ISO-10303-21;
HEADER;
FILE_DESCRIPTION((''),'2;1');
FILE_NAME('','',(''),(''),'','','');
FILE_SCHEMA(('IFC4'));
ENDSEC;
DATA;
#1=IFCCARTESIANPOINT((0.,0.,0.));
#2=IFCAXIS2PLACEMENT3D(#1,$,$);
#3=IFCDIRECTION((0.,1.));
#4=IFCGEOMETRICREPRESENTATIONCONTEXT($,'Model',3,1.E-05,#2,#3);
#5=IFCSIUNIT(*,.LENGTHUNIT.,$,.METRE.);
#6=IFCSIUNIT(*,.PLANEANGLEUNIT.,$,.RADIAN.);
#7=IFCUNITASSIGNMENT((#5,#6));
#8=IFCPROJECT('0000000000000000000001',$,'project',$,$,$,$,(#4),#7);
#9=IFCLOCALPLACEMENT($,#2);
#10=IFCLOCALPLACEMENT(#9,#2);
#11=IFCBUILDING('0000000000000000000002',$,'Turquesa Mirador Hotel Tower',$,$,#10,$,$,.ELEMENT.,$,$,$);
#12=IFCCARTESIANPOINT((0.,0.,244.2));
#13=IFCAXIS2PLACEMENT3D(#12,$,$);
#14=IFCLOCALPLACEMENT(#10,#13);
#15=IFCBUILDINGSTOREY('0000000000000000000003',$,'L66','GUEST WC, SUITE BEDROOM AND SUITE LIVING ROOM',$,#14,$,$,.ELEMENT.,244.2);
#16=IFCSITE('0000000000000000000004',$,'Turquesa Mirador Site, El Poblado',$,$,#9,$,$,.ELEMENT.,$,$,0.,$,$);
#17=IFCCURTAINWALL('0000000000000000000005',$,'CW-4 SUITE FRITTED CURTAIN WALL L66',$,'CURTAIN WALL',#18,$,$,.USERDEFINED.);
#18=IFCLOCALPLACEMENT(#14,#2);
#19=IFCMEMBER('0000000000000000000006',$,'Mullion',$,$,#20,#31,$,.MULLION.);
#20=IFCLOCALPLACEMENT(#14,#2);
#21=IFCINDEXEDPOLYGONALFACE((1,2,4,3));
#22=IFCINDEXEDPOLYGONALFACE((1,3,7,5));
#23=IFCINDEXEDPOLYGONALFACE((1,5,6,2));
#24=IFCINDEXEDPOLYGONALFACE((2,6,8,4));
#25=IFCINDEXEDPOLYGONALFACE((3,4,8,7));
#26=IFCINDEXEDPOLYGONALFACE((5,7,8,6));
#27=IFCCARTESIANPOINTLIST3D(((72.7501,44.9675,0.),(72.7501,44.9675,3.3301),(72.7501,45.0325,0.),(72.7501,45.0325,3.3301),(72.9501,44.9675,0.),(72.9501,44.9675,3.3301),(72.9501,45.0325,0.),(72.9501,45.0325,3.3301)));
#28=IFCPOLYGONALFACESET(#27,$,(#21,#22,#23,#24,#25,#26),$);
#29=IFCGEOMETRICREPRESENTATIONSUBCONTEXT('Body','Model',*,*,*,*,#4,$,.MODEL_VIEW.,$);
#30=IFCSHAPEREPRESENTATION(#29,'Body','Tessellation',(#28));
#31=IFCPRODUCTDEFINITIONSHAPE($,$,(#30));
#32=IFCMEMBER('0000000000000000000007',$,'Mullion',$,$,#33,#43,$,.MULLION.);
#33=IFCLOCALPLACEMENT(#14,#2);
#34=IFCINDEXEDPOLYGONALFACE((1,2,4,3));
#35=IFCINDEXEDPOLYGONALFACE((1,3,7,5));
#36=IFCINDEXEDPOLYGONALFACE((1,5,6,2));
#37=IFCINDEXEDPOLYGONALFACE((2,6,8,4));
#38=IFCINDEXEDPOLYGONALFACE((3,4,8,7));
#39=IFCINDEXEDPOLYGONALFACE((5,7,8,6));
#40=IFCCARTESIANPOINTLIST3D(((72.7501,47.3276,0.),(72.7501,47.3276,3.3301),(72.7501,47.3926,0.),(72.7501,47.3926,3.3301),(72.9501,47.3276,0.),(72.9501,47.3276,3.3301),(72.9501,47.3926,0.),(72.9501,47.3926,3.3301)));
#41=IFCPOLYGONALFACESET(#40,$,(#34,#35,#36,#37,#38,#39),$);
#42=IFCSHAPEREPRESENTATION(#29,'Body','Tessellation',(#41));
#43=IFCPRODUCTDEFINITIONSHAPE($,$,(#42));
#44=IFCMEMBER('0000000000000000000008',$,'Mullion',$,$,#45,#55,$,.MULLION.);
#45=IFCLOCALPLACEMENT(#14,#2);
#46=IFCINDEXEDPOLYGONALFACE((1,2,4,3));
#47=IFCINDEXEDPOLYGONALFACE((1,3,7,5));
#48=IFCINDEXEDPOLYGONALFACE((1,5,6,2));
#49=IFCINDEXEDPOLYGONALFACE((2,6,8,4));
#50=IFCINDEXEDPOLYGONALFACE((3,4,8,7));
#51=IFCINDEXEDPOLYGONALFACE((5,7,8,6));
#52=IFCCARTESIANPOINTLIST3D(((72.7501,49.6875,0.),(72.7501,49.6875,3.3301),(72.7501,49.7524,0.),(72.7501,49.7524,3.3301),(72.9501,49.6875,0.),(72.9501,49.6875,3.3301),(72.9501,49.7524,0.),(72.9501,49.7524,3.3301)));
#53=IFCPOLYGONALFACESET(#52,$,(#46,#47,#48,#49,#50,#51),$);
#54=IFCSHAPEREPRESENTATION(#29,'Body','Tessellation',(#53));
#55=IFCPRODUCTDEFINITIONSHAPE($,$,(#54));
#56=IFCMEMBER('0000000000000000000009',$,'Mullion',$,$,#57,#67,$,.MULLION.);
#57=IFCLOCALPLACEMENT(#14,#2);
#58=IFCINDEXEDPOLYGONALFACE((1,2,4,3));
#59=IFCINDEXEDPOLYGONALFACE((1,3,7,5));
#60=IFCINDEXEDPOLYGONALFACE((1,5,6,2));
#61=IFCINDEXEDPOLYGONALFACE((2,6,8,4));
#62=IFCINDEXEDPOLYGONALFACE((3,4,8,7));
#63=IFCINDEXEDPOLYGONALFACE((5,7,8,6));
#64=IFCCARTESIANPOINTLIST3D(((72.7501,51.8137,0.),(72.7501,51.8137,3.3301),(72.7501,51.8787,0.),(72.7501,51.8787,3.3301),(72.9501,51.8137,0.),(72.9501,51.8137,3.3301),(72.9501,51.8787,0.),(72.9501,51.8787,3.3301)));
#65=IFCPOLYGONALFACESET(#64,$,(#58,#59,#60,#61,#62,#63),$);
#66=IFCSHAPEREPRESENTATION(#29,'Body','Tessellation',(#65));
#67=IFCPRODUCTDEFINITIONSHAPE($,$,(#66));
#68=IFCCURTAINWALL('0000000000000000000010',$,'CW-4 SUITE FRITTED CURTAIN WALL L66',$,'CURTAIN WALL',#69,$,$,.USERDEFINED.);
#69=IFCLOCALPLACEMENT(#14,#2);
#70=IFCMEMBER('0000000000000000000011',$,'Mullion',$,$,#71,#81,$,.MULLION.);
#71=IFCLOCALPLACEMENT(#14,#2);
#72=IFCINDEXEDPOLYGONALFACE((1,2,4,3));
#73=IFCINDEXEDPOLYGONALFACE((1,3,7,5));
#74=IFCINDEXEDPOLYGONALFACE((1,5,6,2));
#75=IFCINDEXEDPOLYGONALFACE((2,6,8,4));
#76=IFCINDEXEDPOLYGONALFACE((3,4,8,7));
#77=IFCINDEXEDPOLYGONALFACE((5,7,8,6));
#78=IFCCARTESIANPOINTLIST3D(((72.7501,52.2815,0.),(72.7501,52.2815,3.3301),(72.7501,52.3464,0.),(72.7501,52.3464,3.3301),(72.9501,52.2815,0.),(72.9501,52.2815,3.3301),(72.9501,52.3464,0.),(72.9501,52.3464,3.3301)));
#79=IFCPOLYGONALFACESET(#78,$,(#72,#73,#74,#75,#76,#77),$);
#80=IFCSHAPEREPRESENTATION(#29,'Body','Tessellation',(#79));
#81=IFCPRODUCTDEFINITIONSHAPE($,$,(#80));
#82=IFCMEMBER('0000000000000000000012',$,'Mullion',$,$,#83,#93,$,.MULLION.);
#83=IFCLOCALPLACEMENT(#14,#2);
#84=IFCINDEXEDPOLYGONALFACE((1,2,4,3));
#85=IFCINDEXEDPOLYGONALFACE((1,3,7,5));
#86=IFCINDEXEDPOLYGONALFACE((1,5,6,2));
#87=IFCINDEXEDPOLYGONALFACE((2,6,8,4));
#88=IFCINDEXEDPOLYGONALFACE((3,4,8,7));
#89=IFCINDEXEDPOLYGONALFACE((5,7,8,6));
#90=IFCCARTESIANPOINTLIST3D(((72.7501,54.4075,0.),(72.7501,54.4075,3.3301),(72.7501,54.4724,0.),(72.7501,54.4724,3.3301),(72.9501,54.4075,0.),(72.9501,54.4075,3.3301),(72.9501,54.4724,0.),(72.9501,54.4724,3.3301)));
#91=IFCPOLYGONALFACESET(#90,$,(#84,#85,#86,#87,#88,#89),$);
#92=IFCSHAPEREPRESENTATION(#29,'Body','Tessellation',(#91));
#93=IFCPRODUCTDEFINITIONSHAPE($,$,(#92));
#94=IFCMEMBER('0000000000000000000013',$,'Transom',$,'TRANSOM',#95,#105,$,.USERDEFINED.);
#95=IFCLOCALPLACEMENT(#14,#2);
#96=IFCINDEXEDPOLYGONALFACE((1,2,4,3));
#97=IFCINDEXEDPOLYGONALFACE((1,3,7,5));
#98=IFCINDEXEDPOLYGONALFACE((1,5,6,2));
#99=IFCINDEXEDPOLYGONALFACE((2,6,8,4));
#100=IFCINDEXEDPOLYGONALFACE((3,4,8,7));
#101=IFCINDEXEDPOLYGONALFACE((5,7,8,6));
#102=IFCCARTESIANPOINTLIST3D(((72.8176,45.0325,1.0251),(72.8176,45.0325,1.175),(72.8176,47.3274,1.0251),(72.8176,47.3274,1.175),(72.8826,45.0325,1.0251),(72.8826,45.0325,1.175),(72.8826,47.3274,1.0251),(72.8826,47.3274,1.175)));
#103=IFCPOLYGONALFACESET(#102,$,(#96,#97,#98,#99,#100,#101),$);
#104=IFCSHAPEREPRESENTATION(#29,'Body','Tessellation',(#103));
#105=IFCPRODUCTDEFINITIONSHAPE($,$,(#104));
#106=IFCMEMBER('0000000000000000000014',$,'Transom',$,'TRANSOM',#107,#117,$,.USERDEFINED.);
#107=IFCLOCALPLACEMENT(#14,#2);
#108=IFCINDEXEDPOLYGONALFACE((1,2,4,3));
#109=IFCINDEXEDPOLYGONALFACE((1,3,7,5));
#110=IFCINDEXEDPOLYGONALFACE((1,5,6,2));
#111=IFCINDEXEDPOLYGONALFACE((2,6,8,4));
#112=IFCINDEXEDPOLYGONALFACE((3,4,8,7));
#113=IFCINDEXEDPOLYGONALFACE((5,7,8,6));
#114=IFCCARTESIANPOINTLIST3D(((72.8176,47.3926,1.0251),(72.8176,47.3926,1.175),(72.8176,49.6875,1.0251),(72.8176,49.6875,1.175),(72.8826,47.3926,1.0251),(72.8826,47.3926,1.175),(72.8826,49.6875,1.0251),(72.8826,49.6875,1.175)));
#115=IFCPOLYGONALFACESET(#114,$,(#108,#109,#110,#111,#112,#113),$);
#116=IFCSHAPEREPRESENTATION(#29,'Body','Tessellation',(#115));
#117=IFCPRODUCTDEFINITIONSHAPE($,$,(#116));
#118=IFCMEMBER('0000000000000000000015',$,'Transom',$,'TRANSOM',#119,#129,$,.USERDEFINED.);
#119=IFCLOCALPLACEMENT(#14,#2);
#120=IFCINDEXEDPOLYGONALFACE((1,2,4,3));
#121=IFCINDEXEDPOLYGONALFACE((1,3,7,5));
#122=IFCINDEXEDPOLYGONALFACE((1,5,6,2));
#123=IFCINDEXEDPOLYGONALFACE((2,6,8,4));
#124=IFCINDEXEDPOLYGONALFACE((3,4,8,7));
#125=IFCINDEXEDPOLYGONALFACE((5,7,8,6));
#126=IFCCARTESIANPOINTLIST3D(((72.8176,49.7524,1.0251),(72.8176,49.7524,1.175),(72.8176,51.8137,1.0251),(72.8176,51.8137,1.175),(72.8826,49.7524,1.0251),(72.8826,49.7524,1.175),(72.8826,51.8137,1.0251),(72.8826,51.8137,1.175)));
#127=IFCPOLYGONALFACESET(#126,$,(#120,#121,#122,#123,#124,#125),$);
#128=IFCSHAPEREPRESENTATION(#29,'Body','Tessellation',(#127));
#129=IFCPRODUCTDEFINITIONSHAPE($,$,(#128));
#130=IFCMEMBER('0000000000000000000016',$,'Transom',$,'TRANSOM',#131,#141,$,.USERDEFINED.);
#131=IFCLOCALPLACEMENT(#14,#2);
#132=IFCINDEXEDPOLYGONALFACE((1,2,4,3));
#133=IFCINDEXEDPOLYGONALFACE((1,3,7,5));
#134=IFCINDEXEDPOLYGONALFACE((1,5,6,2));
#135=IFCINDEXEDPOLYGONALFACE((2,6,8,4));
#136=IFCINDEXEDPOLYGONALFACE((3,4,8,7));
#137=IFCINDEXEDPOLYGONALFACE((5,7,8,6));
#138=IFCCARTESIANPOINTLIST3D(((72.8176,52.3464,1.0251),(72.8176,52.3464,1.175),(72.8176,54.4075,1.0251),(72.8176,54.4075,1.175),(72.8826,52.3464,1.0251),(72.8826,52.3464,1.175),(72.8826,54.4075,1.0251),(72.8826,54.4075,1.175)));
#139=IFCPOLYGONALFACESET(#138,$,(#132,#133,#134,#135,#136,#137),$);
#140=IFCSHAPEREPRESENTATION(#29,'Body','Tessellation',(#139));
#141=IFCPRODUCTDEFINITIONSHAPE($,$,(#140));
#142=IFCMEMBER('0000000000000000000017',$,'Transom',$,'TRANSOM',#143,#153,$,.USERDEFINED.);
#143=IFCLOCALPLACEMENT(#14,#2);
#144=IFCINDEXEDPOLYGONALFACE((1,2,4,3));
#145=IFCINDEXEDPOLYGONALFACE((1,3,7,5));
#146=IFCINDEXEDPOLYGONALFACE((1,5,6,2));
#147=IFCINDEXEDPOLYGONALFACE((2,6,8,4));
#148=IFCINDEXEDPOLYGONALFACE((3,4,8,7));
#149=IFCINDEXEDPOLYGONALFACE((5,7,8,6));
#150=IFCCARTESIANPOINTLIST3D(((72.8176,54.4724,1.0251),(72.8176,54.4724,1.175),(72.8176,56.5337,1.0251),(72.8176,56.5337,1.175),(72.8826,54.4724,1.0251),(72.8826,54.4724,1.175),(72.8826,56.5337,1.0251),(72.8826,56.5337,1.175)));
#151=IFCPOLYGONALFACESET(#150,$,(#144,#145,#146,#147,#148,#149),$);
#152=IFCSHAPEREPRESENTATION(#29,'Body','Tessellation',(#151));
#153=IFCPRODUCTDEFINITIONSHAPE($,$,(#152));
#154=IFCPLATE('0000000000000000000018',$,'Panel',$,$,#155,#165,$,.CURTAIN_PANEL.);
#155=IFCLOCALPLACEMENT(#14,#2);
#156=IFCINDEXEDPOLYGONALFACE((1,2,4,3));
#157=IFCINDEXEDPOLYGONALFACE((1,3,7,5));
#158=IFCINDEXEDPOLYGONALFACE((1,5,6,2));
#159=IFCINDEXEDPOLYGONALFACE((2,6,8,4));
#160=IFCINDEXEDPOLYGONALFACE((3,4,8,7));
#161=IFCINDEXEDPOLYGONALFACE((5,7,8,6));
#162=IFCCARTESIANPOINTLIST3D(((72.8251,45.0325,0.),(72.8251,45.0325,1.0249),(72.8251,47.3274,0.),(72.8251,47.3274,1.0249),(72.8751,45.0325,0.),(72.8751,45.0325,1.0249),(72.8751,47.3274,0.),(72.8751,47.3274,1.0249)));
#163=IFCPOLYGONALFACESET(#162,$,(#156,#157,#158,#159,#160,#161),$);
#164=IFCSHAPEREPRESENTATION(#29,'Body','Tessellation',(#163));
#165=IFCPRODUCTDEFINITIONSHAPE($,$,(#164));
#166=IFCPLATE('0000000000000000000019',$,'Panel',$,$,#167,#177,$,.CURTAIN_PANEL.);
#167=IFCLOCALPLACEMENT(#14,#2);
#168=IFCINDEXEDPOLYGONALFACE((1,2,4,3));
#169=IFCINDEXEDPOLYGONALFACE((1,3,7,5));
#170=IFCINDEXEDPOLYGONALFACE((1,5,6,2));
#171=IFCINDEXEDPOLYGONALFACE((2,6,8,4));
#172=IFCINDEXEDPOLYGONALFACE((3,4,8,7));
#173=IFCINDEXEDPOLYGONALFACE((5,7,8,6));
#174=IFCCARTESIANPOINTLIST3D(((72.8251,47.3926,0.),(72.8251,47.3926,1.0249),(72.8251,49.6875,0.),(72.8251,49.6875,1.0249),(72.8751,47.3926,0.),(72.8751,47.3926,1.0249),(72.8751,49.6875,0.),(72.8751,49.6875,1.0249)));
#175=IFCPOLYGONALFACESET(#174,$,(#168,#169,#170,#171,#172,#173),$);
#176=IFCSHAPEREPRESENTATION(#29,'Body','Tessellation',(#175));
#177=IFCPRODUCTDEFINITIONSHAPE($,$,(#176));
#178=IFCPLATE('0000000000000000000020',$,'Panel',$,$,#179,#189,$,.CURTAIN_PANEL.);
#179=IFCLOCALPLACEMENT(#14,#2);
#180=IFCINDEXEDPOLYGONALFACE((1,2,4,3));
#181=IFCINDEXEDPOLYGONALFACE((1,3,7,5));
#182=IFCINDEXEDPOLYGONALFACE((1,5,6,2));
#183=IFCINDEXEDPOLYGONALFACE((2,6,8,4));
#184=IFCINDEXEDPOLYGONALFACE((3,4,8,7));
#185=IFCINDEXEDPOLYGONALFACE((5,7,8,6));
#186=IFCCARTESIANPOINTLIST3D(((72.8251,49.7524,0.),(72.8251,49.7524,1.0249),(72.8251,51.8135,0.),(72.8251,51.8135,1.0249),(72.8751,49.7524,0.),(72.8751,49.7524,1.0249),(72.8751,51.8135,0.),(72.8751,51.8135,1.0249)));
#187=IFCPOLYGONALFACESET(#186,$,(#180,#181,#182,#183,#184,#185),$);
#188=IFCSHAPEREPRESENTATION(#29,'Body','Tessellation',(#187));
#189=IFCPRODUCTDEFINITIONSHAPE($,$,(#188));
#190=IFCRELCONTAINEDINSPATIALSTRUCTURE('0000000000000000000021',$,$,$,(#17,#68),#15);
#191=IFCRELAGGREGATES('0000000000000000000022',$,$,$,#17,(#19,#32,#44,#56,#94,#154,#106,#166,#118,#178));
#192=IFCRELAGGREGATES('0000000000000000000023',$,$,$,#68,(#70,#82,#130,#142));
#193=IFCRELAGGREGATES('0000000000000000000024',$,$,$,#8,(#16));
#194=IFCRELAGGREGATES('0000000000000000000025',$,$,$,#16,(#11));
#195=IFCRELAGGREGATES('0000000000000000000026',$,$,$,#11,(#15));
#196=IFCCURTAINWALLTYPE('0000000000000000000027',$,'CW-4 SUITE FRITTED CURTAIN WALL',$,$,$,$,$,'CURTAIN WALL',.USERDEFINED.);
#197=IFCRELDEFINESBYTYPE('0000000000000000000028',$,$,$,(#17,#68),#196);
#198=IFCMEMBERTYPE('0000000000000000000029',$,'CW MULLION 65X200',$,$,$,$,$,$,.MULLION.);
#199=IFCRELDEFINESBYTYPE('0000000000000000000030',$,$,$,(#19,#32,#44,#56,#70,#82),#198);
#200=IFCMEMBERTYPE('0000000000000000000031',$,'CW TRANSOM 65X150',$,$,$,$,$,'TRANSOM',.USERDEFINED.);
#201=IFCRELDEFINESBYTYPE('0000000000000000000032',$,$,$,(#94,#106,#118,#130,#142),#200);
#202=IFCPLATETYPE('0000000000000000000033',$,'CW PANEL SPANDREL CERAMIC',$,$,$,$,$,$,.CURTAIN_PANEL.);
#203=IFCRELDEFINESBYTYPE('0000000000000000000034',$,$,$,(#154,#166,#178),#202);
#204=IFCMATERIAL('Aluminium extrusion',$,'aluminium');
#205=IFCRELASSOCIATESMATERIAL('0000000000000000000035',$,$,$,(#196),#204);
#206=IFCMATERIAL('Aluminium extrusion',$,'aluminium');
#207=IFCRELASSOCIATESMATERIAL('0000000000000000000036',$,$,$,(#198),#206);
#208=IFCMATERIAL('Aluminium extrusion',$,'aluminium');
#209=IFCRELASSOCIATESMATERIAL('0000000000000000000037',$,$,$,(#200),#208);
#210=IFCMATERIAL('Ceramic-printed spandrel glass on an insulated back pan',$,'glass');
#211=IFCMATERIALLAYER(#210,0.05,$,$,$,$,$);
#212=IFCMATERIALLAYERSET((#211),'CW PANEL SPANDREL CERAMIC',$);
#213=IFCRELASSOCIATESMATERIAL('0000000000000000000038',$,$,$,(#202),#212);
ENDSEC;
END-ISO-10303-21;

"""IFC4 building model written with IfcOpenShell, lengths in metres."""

from ifc_helpers import new_model, si_unit, direction, frame, origin, origin_2d, place, context, subcontext, project, spatial, rectangle, extrude, material, layer, layer_set, material_profile, profile_set, type_object, element, aggregate, save


model = new_model("IFC4")

# Units and contexts
model_context = context("Model", 3, precision=1e-05, world=origin(), true_north=direction((0.0, 1.0)))
body_context = subcontext(model_context, "Body", "Model", "MODEL_VIEW")
ifc_project = project(units=[si_unit("LENGTHUNIT", "METRE"), si_unit("PLANEANGLEUNIT", "RADIAN")], contexts=[model_context])

# Site, building, storey
site_placement = place(None, origin())
site = spatial("IfcSite", under=ifc_project, at=site_placement, Name="Turquesa Mirador Site, El Poblado", CompositionType="ELEMENT", RefElevation=0.0)
building_placement = place(site_placement, origin())
building = spatial("IfcBuilding", under=site, at=building_placement, Name="Turquesa Mirador Hotel Tower", CompositionType="ELEMENT")
storey_placement = place(building_placement, frame((0.0, 0.0, 244.2)))
storey = spatial("IfcBuildingStorey", under=building, at=storey_placement, Name="L66", Description="GUEST WC, SUITE BEDROOM AND SUITE LIVING ROOM", CompositionType="ELEMENT", Elevation=244.2)

# Curtain walls, members
ifc_material_1 = material(Name="Aluminium extrusion", Category="aluminium")
curtain_wall_type = type_object("IfcCurtainWallType", Name="CW-4 SUITE FRITTED CURTAIN WALL", ElementType="CURTAIN WALL", PredefinedType="USERDEFINED", material=ifc_material_1)
curtain_wall_1_placement = place(storey_placement, origin())
curtain_wall_1 = element("IfcCurtainWall", 1, at=curtain_wall_1_placement, inside=storey, type_object=curtain_wall_type, Name="CW-4 SUITE FRITTED CURTAIN WALL L66", ObjectType="CURTAIN WALL", PredefinedType="USERDEFINED")
ifc_material_2 = material(Name="Aluminium extrusion", Category="aluminium")
ifc_material_profile_1 = material_profile(ifc_material_2, rectangle(XDim=0.0649, YDim=0.2, at=origin_2d()), Name="MULLION 65X200")
ifc_profile_set_1 = profile_set([ifc_material_profile_1], Name="Aluminium extrusion")
member_type_1 = type_object("IfcMemberType", Name="CW MULLION 65X200", PredefinedType="MULLION", material=ifc_profile_set_1)
member_1_placement = place(storey_placement, frame((72.8501, 45.0, 0.0), z_axis=(0.0, 0.0, 1.0), x_axis=(0.0, 1.0, 0.0)))
member_1 = element("IfcMember", 2, at=member_1_placement, type_object=member_type_1, Name="Mullion", PredefinedType="MULLION", context=body_context, shape_type="SweptSolid", body=[
    extrude(rectangle(XDim=0.0649, YDim=0.2, at=origin_2d()), origin(), (0.0, 0.0, 1.0), 3.3301),
])
member_2_placement = place(storey_placement, frame((72.8501, 47.3601, 0.0), z_axis=(0.0, 0.0, 1.0), x_axis=(0.0, 1.0, 0.0)))
member_2 = element("IfcMember", 3, at=member_2_placement, type_object=member_type_1, Name="Mullion", PredefinedType="MULLION", context=body_context, shape_type="SweptSolid", body=[
    extrude(rectangle(XDim=0.0649, YDim=0.2, at=origin_2d()), origin(), (0.0, 0.0, 1.0), 3.3301),
])
member_3_placement = place(storey_placement, frame((72.8501, 49.72, 0.0), z_axis=(0.0, 0.0, 1.0), x_axis=(0.0, 1.0, 0.0)))
member_3 = element("IfcMember", 4, at=member_3_placement, type_object=member_type_1, Name="Mullion", PredefinedType="MULLION", context=body_context, shape_type="SweptSolid", body=[
    extrude(rectangle(XDim=0.0649, YDim=0.2, at=origin_2d()), origin(), (0.0, 0.0, 1.0), 3.3301),
])
member_4_placement = place(storey_placement, frame((72.8501, 51.8462, 0.0), z_axis=(0.0, 0.0, 1.0), x_axis=(0.0, 1.0, 0.0)))
member_4 = element("IfcMember", 5, at=member_4_placement, type_object=member_type_1, Name="Mullion", PredefinedType="MULLION", context=body_context, shape_type="SweptSolid", body=[
    extrude(rectangle(XDim=0.0649, YDim=0.2, at=origin_2d()), origin(), (0.0, 0.0, 1.0), 3.3301),
])
curtain_wall_2_placement = place(storey_placement, origin())
curtain_wall_2 = element("IfcCurtainWall", 6, at=curtain_wall_2_placement, inside=storey, type_object=curtain_wall_type, Name="CW-4 SUITE FRITTED CURTAIN WALL L66", ObjectType="CURTAIN WALL", PredefinedType="USERDEFINED")
member_5_placement = place(storey_placement, frame((72.8501, 52.314, 0.0), z_axis=(0.0, 0.0, 1.0), x_axis=(0.0, 1.0, 0.0)))
member_5 = element("IfcMember", 7, at=member_5_placement, type_object=member_type_1, Name="Mullion", PredefinedType="MULLION", context=body_context, shape_type="SweptSolid", body=[
    extrude(rectangle(XDim=0.0649, YDim=0.2, at=origin_2d()), origin(), (0.0, 0.0, 1.0), 3.3301),
])
member_6_placement = place(storey_placement, frame((72.8501, 54.4399, 0.0), z_axis=(0.0, 0.0, 1.0), x_axis=(0.0, 1.0, 0.0)))
member_6 = element("IfcMember", 8, at=member_6_placement, type_object=member_type_1, Name="Mullion", PredefinedType="MULLION", context=body_context, shape_type="SweptSolid", body=[
    extrude(rectangle(XDim=0.0649, YDim=0.2, at=origin_2d()), origin(), (0.0, 0.0, 1.0), 3.3301),
])

# Members
ifc_material_3 = material(Name="Aluminium extrusion", Category="aluminium")
ifc_material_profile_2 = material_profile(ifc_material_3, rectangle(XDim=0.0649, YDim=0.1499, at=origin_2d()), Name="TRANSOM 65X150")
ifc_profile_set_2 = profile_set([ifc_material_profile_2], Name="Aluminium extrusion")
member_type_2 = type_object("IfcMemberType", Name="CW TRANSOM 65X150", ElementType="TRANSOM", PredefinedType="USERDEFINED", material=ifc_profile_set_2)
member_7_placement = place(storey_placement, frame((72.8501, 45.0325, 1.1001), z_axis=(0.0, 1.0, 0.0), x_axis=(-1.0, 0.0, 0.0)))
member_7 = element("IfcMember", 9, at=member_7_placement, type_object=member_type_2, Name="Transom", ObjectType="TRANSOM", PredefinedType="USERDEFINED", context=body_context, shape_type="SweptSolid", body=[
    extrude(rectangle(XDim=0.0649, YDim=0.1499, at=origin_2d()), origin(), (0.0, 0.0, 1.0), 2.2949),
])
member_8_placement = place(storey_placement, frame((72.8501, 47.3926, 1.1001), z_axis=(0.0, 1.0, 0.0), x_axis=(-1.0, 0.0, 0.0)))
member_8 = element("IfcMember", 10, at=member_8_placement, type_object=member_type_2, Name="Transom", ObjectType="TRANSOM", PredefinedType="USERDEFINED", context=body_context, shape_type="SweptSolid", body=[
    extrude(rectangle(XDim=0.0649, YDim=0.1499, at=origin_2d()), origin(), (0.0, 0.0, 1.0), 2.2949),
])
member_9_placement = place(storey_placement, frame((72.8501, 49.7524, 1.1001), z_axis=(0.0, 1.0, 0.0), x_axis=(-1.0, 0.0, 0.0)))
member_9 = element("IfcMember", 11, at=member_9_placement, type_object=member_type_2, Name="Transom", ObjectType="TRANSOM", PredefinedType="USERDEFINED", context=body_context, shape_type="SweptSolid", body=[
    extrude(rectangle(XDim=0.0649, YDim=0.1499, at=origin_2d()), origin(), (0.0, 0.0, 1.0), 2.0613),
])
member_10_placement = place(storey_placement, frame((72.8501, 52.3464, 1.1001), z_axis=(0.0, 1.0, 0.0), x_axis=(-1.0, 0.0, 0.0)))
member_10 = element("IfcMember", 12, at=member_10_placement, type_object=member_type_2, Name="Transom", ObjectType="TRANSOM", PredefinedType="USERDEFINED", context=body_context, shape_type="SweptSolid", body=[
    extrude(rectangle(XDim=0.0649, YDim=0.1499, at=origin_2d()), origin(), (0.0, 0.0, 1.0), 2.061),
])
member_11_placement = place(storey_placement, frame((72.8501, 54.4724, 1.1001), z_axis=(0.0, 1.0, 0.0), x_axis=(-1.0, 0.0, 0.0)))
member_11 = element("IfcMember", 13, at=member_11_placement, type_object=member_type_2, Name="Transom", ObjectType="TRANSOM", PredefinedType="USERDEFINED", context=body_context, shape_type="SweptSolid", body=[
    extrude(rectangle(XDim=0.0649, YDim=0.1499, at=origin_2d()), origin(), (0.0, 0.0, 1.0), 2.0613),
])

# Plates
ifc_material_4 = material(Name="Ceramic-printed spandrel glass on an insulated back pan", Category="glass")
ifc_layer_1 = layer(ifc_material_4, 0.05)
ifc_layer_set_1 = layer_set([ifc_layer_1], Name="CW PANEL SPANDREL CERAMIC")
plate_type_1 = type_object("IfcPlateType", Name="CW PANEL SPANDREL CERAMIC", PredefinedType="CURTAIN_PANEL", material=ifc_layer_set_1)
plate_1_placement = place(storey_placement, frame((72.8501, 46.1799, 0.0), z_axis=(0.0, 0.0, 1.0), x_axis=(0.0, 1.0, 0.0)))
plate_1 = element("IfcPlate", 14, at=plate_1_placement, type_object=plate_type_1, Name="Panel", PredefinedType="CURTAIN_PANEL", context=body_context, shape_type="SweptSolid", body=[
    extrude(rectangle(XDim=2.2949, YDim=0.05, at=origin_2d()), origin(), (0.0, 0.0, 1.0), 1.0249),
])
plate_2_placement = place(storey_placement, frame((72.8501, 48.54, 0.0), z_axis=(0.0, 0.0, 1.0), x_axis=(0.0, 1.0, 0.0)))
plate_2 = element("IfcPlate", 15, at=plate_2_placement, type_object=plate_type_1, Name="Panel", PredefinedType="CURTAIN_PANEL", context=body_context, shape_type="SweptSolid", body=[
    extrude(rectangle(XDim=2.2949, YDim=0.05, at=origin_2d()), origin(), (0.0, 0.0, 1.0), 1.0249),
])
plate_3_placement = place(storey_placement, frame((72.8501, 50.783, 0.0), z_axis=(0.0, 0.0, 1.0), x_axis=(0.0, 1.0, 0.0)))
plate_3 = element("IfcPlate", 16, at=plate_3_placement, type_object=plate_type_1, Name="Panel", PredefinedType="CURTAIN_PANEL", context=body_context, shape_type="SweptSolid", body=[
    extrude(rectangle(XDim=2.061, YDim=0.05, at=origin_2d()), origin(), (0.0, 0.0, 1.0), 1.0249),
])
aggregate(curtain_wall_1, [member_1, member_2, member_3, member_4, member_7, plate_1, member_8, plate_2, member_9, plate_3])
aggregate(curtain_wall_2, [member_5, member_6, member_10, member_11])

save(model, "model.ifc")
